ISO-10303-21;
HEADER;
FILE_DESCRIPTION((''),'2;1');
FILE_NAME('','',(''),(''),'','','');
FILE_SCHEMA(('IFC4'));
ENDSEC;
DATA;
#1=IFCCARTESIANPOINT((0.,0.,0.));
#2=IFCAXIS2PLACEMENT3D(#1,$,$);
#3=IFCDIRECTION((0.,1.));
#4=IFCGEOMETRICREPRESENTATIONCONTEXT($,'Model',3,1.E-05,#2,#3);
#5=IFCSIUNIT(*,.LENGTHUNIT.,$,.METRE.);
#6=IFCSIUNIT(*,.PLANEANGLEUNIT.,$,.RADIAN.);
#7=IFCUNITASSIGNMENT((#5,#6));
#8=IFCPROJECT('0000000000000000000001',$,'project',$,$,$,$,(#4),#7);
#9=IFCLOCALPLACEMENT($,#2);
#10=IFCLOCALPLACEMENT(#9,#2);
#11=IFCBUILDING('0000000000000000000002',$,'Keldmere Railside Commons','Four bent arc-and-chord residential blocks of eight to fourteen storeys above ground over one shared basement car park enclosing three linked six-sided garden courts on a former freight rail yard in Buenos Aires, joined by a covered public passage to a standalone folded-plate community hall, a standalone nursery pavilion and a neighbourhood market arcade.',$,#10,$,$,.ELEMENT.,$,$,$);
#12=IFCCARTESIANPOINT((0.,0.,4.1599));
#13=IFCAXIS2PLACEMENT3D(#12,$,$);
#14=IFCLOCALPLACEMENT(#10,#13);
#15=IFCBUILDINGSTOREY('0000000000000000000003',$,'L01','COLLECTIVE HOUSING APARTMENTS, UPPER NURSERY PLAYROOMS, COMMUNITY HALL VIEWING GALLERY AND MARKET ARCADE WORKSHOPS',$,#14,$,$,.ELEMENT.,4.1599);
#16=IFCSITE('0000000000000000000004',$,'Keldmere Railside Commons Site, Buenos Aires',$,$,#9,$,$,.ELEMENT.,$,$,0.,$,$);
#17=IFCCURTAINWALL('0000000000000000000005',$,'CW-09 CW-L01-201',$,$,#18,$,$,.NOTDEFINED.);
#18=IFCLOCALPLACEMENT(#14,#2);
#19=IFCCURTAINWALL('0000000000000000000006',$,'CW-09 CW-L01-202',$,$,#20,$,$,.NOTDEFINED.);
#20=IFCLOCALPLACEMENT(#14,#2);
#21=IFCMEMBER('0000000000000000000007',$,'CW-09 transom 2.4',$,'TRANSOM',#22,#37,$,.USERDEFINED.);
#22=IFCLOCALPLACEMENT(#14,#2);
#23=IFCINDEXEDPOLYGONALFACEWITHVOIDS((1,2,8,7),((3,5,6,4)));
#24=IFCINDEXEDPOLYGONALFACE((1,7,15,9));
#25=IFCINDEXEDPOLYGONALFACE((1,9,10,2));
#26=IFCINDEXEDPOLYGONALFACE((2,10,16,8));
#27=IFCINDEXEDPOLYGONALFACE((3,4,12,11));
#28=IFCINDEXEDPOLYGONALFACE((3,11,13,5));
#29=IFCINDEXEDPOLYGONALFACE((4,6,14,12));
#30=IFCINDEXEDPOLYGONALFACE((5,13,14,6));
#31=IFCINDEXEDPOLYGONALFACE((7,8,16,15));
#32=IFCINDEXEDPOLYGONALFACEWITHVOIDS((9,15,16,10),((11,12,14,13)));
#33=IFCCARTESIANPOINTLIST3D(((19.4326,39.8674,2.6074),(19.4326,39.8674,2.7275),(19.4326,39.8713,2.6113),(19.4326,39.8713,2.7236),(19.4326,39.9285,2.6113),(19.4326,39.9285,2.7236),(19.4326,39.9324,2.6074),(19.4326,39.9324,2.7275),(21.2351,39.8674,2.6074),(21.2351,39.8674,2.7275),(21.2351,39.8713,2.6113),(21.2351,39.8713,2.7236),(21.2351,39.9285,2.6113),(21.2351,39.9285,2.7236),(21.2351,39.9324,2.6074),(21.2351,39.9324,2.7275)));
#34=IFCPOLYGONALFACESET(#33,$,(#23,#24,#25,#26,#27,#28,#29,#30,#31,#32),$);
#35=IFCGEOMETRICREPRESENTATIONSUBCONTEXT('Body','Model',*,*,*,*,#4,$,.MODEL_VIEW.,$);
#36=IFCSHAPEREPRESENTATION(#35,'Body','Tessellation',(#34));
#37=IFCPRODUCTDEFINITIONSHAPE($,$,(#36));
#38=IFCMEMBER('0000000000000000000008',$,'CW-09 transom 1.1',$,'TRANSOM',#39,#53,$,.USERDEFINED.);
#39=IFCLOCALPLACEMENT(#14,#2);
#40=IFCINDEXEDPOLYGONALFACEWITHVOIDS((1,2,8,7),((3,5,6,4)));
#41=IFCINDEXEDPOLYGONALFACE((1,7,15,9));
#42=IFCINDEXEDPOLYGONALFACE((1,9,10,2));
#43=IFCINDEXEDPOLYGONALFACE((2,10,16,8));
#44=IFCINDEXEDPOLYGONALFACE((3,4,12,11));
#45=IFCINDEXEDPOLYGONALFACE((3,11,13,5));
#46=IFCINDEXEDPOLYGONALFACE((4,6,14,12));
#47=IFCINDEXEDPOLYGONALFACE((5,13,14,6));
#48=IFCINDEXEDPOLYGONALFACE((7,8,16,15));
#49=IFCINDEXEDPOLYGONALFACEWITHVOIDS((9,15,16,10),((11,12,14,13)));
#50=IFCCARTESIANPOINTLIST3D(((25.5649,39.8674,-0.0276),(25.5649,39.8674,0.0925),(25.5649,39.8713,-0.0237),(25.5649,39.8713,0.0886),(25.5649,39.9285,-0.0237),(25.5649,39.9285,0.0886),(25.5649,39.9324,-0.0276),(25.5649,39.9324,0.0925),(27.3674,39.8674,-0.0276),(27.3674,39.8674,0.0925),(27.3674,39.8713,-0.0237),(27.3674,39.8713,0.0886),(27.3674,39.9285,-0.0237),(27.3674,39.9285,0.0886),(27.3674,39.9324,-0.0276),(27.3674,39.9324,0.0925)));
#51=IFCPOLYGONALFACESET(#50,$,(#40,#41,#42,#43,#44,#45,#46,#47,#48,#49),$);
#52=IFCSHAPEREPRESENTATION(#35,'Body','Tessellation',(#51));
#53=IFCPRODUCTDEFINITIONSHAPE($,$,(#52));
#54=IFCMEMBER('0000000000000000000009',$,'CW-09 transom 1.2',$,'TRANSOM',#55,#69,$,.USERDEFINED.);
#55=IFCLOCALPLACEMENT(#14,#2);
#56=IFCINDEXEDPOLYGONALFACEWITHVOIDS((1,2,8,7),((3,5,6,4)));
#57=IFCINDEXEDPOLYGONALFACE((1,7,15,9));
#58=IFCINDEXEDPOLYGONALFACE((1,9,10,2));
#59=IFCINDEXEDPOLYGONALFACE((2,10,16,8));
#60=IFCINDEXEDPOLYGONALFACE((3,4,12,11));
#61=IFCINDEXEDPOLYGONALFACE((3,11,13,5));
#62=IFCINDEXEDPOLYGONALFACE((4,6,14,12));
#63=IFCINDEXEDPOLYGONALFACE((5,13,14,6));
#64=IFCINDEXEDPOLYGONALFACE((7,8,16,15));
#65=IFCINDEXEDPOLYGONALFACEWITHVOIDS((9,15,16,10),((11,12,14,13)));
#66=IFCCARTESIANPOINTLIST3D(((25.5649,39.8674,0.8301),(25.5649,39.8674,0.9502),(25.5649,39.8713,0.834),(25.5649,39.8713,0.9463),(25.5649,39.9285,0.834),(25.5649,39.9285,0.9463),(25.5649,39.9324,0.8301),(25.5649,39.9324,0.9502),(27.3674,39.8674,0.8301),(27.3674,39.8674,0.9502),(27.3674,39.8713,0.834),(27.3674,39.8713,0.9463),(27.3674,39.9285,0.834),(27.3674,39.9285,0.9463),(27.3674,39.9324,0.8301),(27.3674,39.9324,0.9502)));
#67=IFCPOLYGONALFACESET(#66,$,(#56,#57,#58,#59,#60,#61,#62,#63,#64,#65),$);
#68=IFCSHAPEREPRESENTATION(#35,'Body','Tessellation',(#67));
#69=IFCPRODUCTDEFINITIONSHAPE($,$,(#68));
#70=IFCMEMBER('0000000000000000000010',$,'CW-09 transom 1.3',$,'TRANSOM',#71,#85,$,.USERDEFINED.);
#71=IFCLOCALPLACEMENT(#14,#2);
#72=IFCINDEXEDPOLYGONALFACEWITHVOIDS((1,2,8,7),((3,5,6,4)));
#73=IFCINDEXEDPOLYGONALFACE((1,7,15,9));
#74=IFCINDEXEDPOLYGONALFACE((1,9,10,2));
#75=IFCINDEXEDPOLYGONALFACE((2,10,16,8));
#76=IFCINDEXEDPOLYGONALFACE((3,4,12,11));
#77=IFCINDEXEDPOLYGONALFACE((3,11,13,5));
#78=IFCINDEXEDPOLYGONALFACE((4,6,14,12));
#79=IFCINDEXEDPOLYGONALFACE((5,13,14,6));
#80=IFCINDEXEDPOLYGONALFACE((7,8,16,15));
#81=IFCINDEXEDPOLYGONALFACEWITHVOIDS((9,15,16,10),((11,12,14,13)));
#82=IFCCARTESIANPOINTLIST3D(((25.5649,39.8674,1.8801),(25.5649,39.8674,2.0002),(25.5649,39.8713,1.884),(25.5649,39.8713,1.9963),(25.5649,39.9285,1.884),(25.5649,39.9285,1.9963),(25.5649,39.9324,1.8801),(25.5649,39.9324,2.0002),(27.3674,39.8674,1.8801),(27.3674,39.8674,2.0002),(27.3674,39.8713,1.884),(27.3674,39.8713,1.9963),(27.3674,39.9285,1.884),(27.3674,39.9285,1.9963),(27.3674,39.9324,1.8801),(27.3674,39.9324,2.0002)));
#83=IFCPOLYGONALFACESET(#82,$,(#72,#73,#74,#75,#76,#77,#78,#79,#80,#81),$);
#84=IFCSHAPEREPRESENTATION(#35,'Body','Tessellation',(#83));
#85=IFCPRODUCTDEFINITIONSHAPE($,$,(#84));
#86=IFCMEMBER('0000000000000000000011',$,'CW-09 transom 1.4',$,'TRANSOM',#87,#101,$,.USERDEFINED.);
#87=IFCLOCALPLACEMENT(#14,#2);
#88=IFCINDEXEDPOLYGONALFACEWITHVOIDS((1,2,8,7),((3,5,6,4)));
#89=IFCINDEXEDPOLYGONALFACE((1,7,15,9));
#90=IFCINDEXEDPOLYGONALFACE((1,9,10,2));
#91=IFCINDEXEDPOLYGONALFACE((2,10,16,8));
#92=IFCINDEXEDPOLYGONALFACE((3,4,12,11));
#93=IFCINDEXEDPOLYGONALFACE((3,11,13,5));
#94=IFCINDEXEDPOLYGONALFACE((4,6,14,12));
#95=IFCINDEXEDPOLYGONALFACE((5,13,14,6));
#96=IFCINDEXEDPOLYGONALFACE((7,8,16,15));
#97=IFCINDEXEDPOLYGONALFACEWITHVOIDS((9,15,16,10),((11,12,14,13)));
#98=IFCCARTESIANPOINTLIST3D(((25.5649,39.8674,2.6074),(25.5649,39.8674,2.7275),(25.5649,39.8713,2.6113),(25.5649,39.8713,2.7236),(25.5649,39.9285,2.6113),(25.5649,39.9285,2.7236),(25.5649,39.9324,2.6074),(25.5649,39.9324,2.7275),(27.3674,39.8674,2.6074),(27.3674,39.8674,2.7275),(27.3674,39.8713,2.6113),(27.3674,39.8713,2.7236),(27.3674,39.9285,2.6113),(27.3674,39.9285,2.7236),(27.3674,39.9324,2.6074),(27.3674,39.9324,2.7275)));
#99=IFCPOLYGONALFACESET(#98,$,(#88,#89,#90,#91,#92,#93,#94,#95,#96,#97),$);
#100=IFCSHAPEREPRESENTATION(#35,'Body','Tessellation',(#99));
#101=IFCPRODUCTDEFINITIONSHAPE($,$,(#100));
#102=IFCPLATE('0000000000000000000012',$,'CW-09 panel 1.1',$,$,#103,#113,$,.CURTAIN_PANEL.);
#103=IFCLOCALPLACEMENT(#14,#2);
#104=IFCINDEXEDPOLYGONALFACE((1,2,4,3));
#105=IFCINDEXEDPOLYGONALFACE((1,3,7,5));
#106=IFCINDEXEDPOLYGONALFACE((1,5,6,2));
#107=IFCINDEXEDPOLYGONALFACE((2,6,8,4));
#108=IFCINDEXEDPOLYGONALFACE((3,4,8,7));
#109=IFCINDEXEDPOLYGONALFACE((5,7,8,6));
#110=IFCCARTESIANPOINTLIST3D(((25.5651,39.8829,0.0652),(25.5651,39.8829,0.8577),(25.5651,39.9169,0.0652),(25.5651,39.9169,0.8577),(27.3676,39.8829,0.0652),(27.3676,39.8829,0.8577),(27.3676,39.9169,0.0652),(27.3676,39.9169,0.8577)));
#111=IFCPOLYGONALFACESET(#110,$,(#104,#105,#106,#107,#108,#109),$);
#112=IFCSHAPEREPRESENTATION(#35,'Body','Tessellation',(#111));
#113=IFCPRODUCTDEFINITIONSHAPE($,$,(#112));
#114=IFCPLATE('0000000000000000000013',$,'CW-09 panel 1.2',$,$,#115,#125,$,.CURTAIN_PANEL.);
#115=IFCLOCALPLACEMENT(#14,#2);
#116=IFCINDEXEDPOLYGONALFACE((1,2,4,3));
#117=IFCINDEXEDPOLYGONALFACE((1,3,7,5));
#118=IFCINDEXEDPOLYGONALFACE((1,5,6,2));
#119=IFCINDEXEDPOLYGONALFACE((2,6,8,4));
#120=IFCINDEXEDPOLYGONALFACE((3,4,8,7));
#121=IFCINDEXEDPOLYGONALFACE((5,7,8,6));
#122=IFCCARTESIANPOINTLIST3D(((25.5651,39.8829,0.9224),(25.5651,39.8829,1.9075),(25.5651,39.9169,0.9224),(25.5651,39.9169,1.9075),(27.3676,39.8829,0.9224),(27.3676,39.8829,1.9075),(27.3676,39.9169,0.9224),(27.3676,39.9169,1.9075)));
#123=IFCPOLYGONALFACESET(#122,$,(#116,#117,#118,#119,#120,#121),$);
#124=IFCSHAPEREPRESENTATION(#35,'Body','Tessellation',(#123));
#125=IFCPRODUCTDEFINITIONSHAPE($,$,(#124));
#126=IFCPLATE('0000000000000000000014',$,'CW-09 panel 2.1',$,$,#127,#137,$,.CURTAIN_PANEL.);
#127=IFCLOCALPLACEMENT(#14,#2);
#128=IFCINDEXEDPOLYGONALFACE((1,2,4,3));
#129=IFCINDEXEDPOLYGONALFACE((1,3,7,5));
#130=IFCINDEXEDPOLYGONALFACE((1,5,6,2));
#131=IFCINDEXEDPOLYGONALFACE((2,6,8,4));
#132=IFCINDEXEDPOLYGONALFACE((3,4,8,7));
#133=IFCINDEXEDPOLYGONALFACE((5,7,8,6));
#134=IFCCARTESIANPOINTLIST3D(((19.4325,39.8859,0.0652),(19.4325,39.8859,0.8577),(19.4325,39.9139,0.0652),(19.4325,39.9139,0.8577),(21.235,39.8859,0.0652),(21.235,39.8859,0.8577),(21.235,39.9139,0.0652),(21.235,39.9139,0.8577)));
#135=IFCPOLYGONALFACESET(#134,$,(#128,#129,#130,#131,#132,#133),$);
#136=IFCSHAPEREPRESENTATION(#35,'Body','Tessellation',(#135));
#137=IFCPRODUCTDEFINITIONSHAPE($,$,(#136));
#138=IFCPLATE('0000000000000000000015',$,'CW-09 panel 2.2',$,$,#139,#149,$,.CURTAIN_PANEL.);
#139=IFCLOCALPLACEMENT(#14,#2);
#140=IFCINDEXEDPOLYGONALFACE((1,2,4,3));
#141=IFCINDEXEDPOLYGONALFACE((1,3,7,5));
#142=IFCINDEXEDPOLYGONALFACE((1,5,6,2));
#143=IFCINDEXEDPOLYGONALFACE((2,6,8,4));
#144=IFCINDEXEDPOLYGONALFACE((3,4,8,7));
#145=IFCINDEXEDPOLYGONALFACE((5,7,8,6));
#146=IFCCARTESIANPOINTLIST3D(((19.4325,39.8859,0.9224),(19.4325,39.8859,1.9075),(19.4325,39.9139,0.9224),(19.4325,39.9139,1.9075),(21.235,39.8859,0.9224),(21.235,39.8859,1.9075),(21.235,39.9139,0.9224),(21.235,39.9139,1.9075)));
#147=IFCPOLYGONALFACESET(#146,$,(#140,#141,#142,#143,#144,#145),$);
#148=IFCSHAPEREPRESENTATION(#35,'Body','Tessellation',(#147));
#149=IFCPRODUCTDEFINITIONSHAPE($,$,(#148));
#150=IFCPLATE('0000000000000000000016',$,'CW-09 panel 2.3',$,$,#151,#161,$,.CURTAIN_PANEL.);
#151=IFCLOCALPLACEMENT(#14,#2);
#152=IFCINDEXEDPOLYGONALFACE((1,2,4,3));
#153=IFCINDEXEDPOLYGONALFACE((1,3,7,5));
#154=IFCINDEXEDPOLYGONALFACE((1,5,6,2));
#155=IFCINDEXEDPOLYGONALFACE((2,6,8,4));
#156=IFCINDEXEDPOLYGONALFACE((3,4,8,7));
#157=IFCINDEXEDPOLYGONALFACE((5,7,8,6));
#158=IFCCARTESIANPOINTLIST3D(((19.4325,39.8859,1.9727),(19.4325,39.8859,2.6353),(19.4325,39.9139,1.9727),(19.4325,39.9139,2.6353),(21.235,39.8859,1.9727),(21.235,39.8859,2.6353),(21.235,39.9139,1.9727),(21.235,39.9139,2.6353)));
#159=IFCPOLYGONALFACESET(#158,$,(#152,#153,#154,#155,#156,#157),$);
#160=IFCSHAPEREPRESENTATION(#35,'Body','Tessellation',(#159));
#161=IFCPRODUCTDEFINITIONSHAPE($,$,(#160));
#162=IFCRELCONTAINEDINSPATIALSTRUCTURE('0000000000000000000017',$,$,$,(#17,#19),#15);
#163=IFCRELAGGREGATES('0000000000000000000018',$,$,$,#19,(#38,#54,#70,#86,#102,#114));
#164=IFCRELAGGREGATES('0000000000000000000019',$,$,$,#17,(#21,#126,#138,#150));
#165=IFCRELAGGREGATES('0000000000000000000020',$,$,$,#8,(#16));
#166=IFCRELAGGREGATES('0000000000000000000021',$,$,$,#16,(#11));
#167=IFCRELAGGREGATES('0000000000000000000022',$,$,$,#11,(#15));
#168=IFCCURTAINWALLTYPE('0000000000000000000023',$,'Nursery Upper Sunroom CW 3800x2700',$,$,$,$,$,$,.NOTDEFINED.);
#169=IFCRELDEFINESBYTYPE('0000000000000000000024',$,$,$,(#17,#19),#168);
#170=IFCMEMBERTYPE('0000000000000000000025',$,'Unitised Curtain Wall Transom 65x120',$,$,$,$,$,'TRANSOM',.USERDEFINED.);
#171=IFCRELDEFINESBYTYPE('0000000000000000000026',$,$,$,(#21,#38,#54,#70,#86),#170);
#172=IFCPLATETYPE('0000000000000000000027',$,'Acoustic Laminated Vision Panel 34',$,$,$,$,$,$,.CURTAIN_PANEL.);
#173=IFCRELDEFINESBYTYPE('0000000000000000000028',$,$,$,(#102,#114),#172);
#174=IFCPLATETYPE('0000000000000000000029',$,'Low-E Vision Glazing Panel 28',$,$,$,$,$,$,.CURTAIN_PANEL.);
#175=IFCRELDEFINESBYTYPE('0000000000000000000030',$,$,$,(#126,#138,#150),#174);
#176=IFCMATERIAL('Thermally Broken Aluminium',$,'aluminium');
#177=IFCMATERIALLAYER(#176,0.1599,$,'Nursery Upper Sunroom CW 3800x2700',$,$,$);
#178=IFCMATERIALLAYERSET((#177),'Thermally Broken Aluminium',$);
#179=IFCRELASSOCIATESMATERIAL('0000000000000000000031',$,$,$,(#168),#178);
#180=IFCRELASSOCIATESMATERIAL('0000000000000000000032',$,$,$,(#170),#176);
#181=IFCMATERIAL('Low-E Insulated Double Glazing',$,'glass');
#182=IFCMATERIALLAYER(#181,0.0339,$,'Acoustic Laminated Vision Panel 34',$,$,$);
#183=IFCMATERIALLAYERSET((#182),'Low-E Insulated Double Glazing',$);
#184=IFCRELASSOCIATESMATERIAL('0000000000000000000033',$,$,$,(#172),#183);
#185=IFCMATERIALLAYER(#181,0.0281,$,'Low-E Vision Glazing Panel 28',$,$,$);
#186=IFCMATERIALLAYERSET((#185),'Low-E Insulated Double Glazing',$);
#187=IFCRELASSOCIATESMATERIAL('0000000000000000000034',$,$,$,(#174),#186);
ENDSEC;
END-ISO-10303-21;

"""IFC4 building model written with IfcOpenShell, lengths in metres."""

from ifc_helpers import new_model, si_unit, direction, frame, origin, origin_2d, place, context, subcontext, project, spatial, rectangle, hollow_rectangle, extrude, material, layer, layer_set, material_profile, profile_set, type_object, element, aggregate, save


model = new_model("IFC4")

# Units and contexts
model_context = context("Model", 3, precision=1e-05, world=origin(), true_north=direction((0.0, 1.0)))
body_context = subcontext(model_context, "Body", "Model", "MODEL_VIEW")
ifc_project = project(units=[si_unit("LENGTHUNIT", "METRE"), si_unit("PLANEANGLEUNIT", "RADIAN")], contexts=[model_context])

# Site, building, storey
site_placement = place(None, origin())
site = spatial("IfcSite", under=ifc_project, at=site_placement, Name="Keldmere Railside Commons Site, Buenos Aires", CompositionType="ELEMENT", RefElevation=0.0)
building_placement = place(site_placement, origin())
building = spatial("IfcBuilding", under=site, at=building_placement, Name="Keldmere Railside Commons", Description="Four bent arc-and-chord residential blocks of eight to fourteen storeys above ground over one shared basement car park enclosing three linked six-sided garden courts on a former freight rail yard in Buenos Aires, joined by a covered public passage to a standalone folded-plate community hall, a standalone nursery pavilion and a neighbourhood market arcade.", CompositionType="ELEMENT")
storey_placement = place(building_placement, frame((0.0, 0.0, 4.1599)))
storey = spatial("IfcBuildingStorey", under=building, at=storey_placement, Name="L01", Description="COLLECTIVE HOUSING APARTMENTS, UPPER NURSERY PLAYROOMS, COMMUNITY HALL VIEWING GALLERY AND MARKET ARCADE WORKSHOPS", CompositionType="ELEMENT", Elevation=4.1599)

# Curtain walls
ifc_material_1 = material(Name="Thermally Broken Aluminium", Category="aluminium")
ifc_layer_1 = layer(ifc_material_1, 0.1599, Name="Nursery Upper Sunroom CW 3800x2700")
ifc_layer_set_1 = layer_set([ifc_layer_1], Name="Thermally Broken Aluminium")
curtain_wall_type = type_object("IfcCurtainWallType", Name="Nursery Upper Sunroom CW 3800x2700", PredefinedType="NOTDEFINED", material=ifc_layer_set_1)
curtain_wall_1_placement = place(storey_placement, origin())
curtain_wall_1 = element("IfcCurtainWall", 1, at=curtain_wall_1_placement, inside=storey, type_object=curtain_wall_type, Name="CW-09 CW-L01-201", PredefinedType="NOTDEFINED")
curtain_wall_2_placement = place(storey_placement, origin())
curtain_wall_2 = element("IfcCurtainWall", 2, at=curtain_wall_2_placement, inside=storey, type_object=curtain_wall_type, Name="CW-09 CW-L01-202", PredefinedType="NOTDEFINED")

# Members
ifc_material_profile_1 = material_profile(ifc_material_1, hollow_rectangle(XDim=0.0649, YDim=0.1201, WallThickness=0.0039, at=origin_2d()), Name="ALU-TRAN-65x120")
ifc_profile_set_1 = profile_set([ifc_material_profile_1], Name="Thermally Broken Aluminium")
member_type_1 = type_object("IfcMemberType", Name="Unitised Curtain Wall Transom 65x120", ElementType="TRANSOM", PredefinedType="USERDEFINED", material=ifc_profile_set_1)
member_1_placement = place(storey_placement, frame((19.4326, 39.8999, 2.6675), z_axis=(1.0, 0.0, 0.0), x_axis=(0.0, 1.0, 0.0)))
member_1 = element("IfcMember", 3, at=member_1_placement, type_object=member_type_1, Name="CW-09 transom 2.4", ObjectType="TRANSOM", PredefinedType="USERDEFINED", context=body_context, shape_type="SweptSolid", body=[
    extrude(hollow_rectangle(XDim=0.0649, YDim=0.1201, WallThickness=0.0039, at=origin_2d()), origin(), (0.0, 0.0, 1.0), 1.8025),
])
member_2_placement = place(storey_placement, frame((25.5649, 39.8999, 0.0325), z_axis=(1.0, 0.0, 0.0), x_axis=(0.0, 1.0, 0.0)))
member_2 = element("IfcMember", 4, at=member_2_placement, type_object=member_type_1, Name="CW-09 transom 1.1", ObjectType="TRANSOM", PredefinedType="USERDEFINED", context=body_context, shape_type="SweptSolid", body=[
    extrude(hollow_rectangle(XDim=0.0649, YDim=0.1201, WallThickness=0.0039, at=origin_2d()), origin(), (0.0, 0.0, 1.0), 1.8025),
])
member_3_placement = place(storey_placement, frame((25.5649, 39.8999, 0.8901), z_axis=(1.0, 0.0, 0.0), x_axis=(0.0, 1.0, 0.0)))
member_3 = element("IfcMember", 5, at=member_3_placement, type_object=member_type_1, Name="CW-09 transom 1.2", ObjectType="TRANSOM", PredefinedType="USERDEFINED", context=body_context, shape_type="SweptSolid", body=[
    extrude(hollow_rectangle(XDim=0.0649, YDim=0.1201, WallThickness=0.0039, at=origin_2d()), origin(), (0.0, 0.0, 1.0), 1.8025),
])
member_4_placement = place(storey_placement, frame((25.5649, 39.8999, 1.9402), z_axis=(1.0, 0.0, 0.0), x_axis=(0.0, 1.0, 0.0)))
member_4 = element("IfcMember", 6, at=member_4_placement, type_object=member_type_1, Name="CW-09 transom 1.3", ObjectType="TRANSOM", PredefinedType="USERDEFINED", context=body_context, shape_type="SweptSolid", body=[
    extrude(hollow_rectangle(XDim=0.0649, YDim=0.1201, WallThickness=0.0039, at=origin_2d()), origin(), (0.0, 0.0, 1.0), 1.8025),
])
member_5_placement = place(storey_placement, frame((25.5649, 39.8999, 2.6675), z_axis=(1.0, 0.0, 0.0), x_axis=(0.0, 1.0, 0.0)))
member_5 = element("IfcMember", 7, at=member_5_placement, type_object=member_type_1, Name="CW-09 transom 1.4", ObjectType="TRANSOM", PredefinedType="USERDEFINED", context=body_context, shape_type="SweptSolid", body=[
    extrude(hollow_rectangle(XDim=0.0649, YDim=0.1201, WallThickness=0.0039, at=origin_2d()), origin(), (0.0, 0.0, 1.0), 1.8025),
])

# Plates
ifc_material_2 = material(Name="Low-E Insulated Double Glazing", Category="glass")
ifc_layer_2 = layer(ifc_material_2, 0.0339, Name="Acoustic Laminated Vision Panel 34")
ifc_layer_set_2 = layer_set([ifc_layer_2], Name="Low-E Insulated Double Glazing")
plate_type_1 = type_object("IfcPlateType", Name="Acoustic Laminated Vision Panel 34", PredefinedType="CURTAIN_PANEL", material=ifc_layer_set_2)
plate_1_placement = place(storey_placement, frame((26.4663, 39.8999, 0.0652), z_axis=(0.0, 0.0, 1.0), x_axis=(1.0, 0.0, 0.0)))
plate_1 = element("IfcPlate", 8, at=plate_1_placement, type_object=plate_type_1, Name="CW-09 panel 1.1", PredefinedType="CURTAIN_PANEL", context=body_context, shape_type="SweptSolid", body=[
    extrude(rectangle(XDim=1.8025, YDim=0.0339, at=origin_2d()), origin(), (0.0, 0.0, 1.0), 0.7925),
])
plate_2_placement = place(storey_placement, frame((26.4663, 39.8999, 0.9224), z_axis=(0.0, 0.0, 1.0), x_axis=(1.0, 0.0, 0.0)))
plate_2 = element("IfcPlate", 9, at=plate_2_placement, type_object=plate_type_1, Name="CW-09 panel 1.2", PredefinedType="CURTAIN_PANEL", context=body_context, shape_type="SweptSolid", body=[
    extrude(rectangle(XDim=1.8025, YDim=0.0339, at=origin_2d()), origin(), (0.0, 0.0, 1.0), 0.9851),
])
aggregate(curtain_wall_2, [member_2, member_3, member_4, member_5, plate_1, plate_2])
ifc_layer_3 = layer(ifc_material_2, 0.0281, Name="Low-E Vision Glazing Panel 28")
ifc_layer_set_3 = layer_set([ifc_layer_3], Name="Low-E Insulated Double Glazing")
plate_type_2 = type_object("IfcPlateType", Name="Low-E Vision Glazing Panel 28", PredefinedType="CURTAIN_PANEL", material=ifc_layer_set_3)
plate_3_placement = place(storey_placement, frame((20.3337, 39.8999, 0.0652), z_axis=(0.0, 0.0, 1.0), x_axis=(1.0, 0.0, 0.0)))
plate_3 = element("IfcPlate", 10, at=plate_3_placement, type_object=plate_type_2, Name="CW-09 panel 2.1", PredefinedType="CURTAIN_PANEL", context=body_context, shape_type="SweptSolid", body=[
    extrude(rectangle(XDim=1.8025, YDim=0.0281, at=origin_2d()), origin(), (0.0, 0.0, 1.0), 0.7925),
])
plate_4_placement = place(storey_placement, frame((20.3337, 39.8999, 0.9224), z_axis=(0.0, 0.0, 1.0), x_axis=(1.0, 0.0, 0.0)))
plate_4 = element("IfcPlate", 11, at=plate_4_placement, type_object=plate_type_2, Name="CW-09 panel 2.2", PredefinedType="CURTAIN_PANEL", context=body_context, shape_type="SweptSolid", body=[
    extrude(rectangle(XDim=1.8025, YDim=0.0281, at=origin_2d()), origin(), (0.0, 0.0, 1.0), 0.9851),
])
plate_5_placement = place(storey_placement, frame((20.3337, 39.8999, 1.9727), z_axis=(0.0, 0.0, 1.0), x_axis=(1.0, 0.0, 0.0)))
plate_5 = element("IfcPlate", 12, at=plate_5_placement, type_object=plate_type_2, Name="CW-09 panel 2.3", PredefinedType="CURTAIN_PANEL", context=body_context, shape_type="SweptSolid", body=[
    extrude(rectangle(XDim=1.8025, YDim=0.0281, at=origin_2d()), origin(), (0.0, 0.0, 1.0), 0.6626),
])
aggregate(curtain_wall_1, [member_1, plate_3, plate_4, plate_5])

save(model, "model.ifc")
